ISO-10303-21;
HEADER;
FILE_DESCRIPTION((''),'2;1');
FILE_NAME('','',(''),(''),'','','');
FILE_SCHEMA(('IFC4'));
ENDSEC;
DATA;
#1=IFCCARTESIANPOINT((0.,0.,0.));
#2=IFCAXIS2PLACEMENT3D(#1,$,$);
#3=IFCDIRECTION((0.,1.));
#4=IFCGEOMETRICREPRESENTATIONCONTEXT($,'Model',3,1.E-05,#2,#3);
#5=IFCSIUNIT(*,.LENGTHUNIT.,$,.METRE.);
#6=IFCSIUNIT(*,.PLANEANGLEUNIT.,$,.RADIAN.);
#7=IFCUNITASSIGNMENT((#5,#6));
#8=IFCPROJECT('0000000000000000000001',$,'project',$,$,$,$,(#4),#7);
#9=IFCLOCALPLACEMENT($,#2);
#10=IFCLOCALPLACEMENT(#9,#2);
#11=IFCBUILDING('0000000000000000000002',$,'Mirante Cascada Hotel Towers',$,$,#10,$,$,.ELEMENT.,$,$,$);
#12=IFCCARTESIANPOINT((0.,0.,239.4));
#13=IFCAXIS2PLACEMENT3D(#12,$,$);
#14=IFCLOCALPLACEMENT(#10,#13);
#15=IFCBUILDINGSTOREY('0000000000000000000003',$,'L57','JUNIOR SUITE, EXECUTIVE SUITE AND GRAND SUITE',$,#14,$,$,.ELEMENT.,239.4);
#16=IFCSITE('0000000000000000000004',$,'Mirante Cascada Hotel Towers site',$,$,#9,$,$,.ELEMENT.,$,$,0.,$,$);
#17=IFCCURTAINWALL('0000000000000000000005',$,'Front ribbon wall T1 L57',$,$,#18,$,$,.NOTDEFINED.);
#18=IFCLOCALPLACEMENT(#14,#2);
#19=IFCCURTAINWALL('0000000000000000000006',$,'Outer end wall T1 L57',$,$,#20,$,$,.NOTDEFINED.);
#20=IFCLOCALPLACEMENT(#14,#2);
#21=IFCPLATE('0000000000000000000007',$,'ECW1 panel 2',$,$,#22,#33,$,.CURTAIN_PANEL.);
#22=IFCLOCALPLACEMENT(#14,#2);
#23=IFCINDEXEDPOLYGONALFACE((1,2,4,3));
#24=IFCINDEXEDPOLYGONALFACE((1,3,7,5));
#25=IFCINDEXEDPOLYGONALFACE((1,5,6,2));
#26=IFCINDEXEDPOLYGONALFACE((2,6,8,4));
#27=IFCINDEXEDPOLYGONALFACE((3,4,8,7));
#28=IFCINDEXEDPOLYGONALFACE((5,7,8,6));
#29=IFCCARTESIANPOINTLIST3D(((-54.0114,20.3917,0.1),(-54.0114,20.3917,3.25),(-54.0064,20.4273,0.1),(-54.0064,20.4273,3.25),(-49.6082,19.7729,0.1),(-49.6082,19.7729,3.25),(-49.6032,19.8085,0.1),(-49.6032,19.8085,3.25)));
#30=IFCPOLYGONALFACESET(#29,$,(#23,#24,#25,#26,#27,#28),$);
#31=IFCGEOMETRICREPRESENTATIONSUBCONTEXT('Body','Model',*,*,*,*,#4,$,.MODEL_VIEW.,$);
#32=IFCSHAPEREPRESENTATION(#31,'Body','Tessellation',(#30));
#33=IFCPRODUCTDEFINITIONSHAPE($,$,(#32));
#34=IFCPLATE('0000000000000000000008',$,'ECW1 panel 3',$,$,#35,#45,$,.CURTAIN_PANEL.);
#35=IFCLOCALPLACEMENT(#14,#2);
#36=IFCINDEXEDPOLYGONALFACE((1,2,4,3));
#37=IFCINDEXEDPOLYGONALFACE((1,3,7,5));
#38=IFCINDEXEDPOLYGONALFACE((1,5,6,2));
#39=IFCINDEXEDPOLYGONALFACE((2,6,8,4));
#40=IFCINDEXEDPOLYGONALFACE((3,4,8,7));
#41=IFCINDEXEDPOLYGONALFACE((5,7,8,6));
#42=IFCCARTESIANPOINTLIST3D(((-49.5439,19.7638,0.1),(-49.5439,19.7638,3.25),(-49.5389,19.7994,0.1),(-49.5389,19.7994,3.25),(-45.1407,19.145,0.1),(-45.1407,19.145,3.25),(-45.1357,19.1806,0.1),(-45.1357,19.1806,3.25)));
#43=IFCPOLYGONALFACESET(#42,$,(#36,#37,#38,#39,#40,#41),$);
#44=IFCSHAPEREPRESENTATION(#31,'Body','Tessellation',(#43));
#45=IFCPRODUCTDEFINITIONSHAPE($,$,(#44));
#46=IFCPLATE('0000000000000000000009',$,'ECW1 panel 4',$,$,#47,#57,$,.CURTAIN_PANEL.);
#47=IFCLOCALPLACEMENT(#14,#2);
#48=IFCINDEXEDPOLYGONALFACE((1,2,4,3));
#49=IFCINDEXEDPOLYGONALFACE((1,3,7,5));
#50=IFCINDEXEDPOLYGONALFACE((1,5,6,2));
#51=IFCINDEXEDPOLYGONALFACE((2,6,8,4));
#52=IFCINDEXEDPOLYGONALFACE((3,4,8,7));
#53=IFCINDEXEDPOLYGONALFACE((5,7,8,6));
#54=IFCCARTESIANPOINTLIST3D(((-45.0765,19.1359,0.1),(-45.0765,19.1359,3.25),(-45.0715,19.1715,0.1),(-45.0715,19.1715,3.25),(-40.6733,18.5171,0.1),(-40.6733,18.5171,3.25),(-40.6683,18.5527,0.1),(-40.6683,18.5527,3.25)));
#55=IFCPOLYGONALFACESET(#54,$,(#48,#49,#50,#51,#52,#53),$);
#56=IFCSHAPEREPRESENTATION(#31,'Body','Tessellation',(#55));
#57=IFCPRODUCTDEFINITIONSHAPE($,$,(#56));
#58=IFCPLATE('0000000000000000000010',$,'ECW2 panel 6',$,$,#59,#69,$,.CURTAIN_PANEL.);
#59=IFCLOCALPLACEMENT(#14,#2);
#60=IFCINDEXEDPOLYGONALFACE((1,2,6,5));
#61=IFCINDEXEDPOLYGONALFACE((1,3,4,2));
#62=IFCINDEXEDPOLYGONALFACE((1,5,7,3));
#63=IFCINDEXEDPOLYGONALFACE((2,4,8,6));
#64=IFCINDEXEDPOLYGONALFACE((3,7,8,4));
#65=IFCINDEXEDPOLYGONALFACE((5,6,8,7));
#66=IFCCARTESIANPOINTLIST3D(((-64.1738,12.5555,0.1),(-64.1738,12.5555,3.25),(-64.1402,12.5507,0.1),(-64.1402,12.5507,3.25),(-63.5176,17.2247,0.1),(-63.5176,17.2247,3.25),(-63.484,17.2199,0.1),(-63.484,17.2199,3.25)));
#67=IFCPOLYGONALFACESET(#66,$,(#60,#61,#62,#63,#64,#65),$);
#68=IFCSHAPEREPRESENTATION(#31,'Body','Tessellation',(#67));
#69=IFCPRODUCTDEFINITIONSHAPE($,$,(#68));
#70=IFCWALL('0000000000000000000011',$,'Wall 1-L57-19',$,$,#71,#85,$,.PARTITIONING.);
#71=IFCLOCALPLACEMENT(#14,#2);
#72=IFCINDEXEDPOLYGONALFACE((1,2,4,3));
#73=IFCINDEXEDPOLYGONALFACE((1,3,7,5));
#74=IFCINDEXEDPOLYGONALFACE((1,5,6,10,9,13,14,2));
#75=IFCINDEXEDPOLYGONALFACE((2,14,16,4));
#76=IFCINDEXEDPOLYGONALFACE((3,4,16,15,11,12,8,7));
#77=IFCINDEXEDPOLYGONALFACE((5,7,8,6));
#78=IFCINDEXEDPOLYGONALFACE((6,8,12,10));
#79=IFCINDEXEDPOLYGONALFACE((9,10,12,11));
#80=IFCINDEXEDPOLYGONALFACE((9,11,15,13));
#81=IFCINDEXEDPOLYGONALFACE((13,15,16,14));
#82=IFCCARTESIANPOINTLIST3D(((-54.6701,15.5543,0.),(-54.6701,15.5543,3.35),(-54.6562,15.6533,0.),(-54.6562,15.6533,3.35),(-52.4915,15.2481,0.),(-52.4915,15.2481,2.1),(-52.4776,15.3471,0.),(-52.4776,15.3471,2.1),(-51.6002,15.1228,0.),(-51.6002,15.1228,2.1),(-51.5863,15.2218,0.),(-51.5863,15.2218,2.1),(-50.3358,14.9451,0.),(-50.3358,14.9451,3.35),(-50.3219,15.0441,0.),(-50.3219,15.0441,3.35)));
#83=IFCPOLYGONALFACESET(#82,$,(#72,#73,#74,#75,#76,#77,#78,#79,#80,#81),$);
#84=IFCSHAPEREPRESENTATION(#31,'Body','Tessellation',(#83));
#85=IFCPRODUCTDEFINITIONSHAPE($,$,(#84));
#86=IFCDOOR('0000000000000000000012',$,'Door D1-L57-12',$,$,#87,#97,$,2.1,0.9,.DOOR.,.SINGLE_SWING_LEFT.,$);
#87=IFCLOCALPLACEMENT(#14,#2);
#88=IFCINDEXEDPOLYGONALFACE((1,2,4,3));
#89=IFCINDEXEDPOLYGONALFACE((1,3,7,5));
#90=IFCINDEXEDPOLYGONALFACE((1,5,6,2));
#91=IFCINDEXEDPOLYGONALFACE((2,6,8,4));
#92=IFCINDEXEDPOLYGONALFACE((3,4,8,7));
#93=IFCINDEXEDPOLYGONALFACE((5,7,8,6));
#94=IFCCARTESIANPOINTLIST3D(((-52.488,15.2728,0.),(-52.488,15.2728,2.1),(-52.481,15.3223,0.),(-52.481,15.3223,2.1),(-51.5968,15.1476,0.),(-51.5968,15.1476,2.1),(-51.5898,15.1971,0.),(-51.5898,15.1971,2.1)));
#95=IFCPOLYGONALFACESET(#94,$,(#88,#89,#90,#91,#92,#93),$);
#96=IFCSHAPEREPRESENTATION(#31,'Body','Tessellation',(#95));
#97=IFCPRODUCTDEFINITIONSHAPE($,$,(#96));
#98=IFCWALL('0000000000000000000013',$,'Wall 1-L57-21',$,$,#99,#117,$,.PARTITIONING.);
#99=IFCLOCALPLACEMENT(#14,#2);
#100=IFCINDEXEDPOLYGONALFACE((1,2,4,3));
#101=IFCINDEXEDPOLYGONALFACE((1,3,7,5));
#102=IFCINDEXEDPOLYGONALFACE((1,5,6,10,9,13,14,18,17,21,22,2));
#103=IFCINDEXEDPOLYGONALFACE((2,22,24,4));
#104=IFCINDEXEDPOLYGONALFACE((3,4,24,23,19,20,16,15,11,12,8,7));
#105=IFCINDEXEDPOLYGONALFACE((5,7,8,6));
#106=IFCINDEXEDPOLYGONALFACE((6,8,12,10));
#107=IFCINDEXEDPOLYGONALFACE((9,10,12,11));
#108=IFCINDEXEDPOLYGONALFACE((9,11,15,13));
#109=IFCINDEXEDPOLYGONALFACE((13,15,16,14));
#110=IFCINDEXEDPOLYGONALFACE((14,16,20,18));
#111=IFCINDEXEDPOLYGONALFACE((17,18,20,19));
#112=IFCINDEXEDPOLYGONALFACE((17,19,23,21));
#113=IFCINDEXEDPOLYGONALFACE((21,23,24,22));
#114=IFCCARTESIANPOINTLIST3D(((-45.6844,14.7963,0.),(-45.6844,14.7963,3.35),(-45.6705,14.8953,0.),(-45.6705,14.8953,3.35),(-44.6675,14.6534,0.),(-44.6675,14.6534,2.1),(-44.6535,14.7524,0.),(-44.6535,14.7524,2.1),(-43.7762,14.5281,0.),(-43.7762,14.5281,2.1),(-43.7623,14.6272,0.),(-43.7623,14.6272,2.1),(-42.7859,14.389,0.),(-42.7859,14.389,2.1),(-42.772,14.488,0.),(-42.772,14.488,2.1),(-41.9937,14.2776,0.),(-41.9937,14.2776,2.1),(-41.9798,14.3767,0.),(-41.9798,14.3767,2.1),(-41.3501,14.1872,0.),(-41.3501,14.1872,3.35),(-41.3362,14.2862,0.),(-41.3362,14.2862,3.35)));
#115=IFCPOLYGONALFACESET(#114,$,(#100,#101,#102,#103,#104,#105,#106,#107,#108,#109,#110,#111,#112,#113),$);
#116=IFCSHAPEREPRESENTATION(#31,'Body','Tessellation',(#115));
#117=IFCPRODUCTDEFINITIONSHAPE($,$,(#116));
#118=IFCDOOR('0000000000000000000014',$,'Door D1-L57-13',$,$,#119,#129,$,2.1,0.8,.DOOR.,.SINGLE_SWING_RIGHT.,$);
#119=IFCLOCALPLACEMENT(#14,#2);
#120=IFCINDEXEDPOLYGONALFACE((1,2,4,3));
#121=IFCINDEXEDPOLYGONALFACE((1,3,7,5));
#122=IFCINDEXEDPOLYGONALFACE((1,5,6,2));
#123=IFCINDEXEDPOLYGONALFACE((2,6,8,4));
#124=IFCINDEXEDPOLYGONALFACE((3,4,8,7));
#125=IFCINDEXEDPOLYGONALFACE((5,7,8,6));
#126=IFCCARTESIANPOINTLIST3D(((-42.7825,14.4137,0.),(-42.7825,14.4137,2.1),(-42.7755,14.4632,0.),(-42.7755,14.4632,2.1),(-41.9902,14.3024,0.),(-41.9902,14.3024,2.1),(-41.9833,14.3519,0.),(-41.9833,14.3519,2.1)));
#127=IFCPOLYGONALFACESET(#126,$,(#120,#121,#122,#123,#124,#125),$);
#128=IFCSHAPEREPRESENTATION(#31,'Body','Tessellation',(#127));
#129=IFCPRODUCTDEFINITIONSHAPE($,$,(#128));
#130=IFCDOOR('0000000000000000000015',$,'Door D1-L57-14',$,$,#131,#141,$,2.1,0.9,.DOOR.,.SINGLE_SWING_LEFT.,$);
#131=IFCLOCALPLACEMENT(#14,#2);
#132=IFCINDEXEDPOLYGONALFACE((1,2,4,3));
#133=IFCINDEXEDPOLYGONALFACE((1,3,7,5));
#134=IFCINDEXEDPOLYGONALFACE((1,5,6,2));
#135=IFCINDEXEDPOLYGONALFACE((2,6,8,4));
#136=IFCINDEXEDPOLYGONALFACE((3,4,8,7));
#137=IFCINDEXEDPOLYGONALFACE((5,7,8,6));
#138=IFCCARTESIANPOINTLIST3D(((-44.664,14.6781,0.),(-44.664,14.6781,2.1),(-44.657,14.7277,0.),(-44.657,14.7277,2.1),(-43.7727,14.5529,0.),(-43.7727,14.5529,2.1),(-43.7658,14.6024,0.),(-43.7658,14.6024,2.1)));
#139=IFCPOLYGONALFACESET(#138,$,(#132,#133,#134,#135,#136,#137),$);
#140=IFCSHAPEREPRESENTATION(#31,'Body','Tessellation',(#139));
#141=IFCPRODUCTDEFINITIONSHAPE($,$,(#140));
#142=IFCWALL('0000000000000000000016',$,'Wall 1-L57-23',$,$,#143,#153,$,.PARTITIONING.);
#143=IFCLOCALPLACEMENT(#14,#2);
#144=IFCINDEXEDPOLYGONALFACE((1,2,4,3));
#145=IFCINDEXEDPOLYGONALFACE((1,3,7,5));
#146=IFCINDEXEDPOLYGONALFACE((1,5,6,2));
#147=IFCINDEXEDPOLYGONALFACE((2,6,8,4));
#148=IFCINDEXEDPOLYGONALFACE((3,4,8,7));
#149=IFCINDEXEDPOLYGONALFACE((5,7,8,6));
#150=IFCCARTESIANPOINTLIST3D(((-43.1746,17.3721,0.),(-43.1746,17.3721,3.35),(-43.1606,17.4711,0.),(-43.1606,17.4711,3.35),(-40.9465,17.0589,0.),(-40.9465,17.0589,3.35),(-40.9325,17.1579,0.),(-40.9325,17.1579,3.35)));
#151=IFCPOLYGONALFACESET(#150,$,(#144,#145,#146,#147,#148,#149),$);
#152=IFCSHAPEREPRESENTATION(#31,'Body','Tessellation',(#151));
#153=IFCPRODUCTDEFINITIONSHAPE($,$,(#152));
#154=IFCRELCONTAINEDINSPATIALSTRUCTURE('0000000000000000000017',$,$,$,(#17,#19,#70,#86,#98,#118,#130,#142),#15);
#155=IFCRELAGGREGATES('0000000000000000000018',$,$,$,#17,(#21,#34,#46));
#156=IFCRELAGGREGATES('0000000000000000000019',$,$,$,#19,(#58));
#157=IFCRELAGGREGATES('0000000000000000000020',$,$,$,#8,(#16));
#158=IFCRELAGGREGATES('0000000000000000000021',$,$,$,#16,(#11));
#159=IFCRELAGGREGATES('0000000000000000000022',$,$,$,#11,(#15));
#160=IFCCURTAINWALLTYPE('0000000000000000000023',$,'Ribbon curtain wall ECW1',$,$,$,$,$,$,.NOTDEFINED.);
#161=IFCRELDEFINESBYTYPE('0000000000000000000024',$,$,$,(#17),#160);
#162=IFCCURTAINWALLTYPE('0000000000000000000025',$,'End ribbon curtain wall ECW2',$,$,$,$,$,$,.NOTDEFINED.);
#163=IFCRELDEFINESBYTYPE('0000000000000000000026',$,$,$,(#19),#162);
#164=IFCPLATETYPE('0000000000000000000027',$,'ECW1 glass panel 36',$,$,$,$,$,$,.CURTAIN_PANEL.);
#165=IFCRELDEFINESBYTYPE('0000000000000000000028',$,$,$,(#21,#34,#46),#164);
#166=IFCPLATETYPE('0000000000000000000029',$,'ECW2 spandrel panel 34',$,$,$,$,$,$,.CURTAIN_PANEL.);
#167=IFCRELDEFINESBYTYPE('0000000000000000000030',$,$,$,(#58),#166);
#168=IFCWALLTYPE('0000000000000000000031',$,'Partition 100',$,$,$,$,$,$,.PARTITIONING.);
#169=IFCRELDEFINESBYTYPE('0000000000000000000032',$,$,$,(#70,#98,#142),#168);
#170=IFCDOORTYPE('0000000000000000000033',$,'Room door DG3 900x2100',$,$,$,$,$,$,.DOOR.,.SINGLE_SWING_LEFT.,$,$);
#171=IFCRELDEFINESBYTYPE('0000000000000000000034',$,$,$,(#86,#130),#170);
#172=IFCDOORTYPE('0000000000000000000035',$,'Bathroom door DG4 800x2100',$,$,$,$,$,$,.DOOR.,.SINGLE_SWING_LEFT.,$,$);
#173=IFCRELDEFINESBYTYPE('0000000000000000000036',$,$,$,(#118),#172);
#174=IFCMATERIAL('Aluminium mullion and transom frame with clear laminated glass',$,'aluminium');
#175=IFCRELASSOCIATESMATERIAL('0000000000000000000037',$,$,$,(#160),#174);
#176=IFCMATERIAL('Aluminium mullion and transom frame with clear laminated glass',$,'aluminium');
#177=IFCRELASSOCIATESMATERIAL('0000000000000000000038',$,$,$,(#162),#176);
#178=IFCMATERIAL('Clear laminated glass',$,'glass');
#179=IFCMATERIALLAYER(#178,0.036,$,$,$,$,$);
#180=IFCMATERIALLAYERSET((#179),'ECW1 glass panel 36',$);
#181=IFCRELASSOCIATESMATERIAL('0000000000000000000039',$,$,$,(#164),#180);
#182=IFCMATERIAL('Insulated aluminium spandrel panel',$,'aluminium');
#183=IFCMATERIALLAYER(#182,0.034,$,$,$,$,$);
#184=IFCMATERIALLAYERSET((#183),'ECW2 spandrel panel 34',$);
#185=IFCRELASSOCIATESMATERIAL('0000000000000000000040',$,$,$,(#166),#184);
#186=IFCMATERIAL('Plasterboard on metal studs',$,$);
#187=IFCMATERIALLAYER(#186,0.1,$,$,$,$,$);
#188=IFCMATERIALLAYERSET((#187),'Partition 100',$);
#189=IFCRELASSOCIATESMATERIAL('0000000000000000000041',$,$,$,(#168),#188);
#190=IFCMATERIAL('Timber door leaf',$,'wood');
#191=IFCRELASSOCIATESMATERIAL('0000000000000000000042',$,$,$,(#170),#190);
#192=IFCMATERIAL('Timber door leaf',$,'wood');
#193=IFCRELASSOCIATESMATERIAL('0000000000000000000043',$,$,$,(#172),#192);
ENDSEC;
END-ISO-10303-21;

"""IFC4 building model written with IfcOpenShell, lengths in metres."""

from ifc_helpers import new_model, si_unit, direction, frame, frame_2d, origin, origin_2d, place, context, subcontext, project, spatial, rectangle, extrude, material, layer, layer_set, type_object, element, fill, aggregate, save


model = new_model("IFC4")

# Units and contexts
model_context = context("Model", 3, precision=1e-05, world=origin(), true_north=direction((0.0, 1.0)))
body_context = subcontext(model_context, "Body", "Model", "MODEL_VIEW")
ifc_project = project(units=[si_unit("LENGTHUNIT", "METRE"), si_unit("PLANEANGLEUNIT", "RADIAN")], contexts=[model_context])

# Site, building, storey
site_placement = place(None, origin())
site = spatial("IfcSite", under=ifc_project, at=site_placement, Name="Mirante Cascada Hotel Towers site", CompositionType="ELEMENT", RefElevation=0.0)
building_placement = place(site_placement, origin())
building = spatial("IfcBuilding", under=site, at=building_placement, Name="Mirante Cascada Hotel Towers", CompositionType="ELEMENT")
storey_placement = place(building_placement, frame((0.0, 0.0, 239.4)))
storey = spatial("IfcBuildingStorey", under=building, at=storey_placement, Name="L57", Description="JUNIOR SUITE, EXECUTIVE SUITE AND GRAND SUITE", CompositionType="ELEMENT", Elevation=239.4)

# Curtain wall
ifc_material_1 = material(Name="Aluminium mullion and transom frame with clear laminated glass", Category="aluminium")
curtain_wall_type_1 = type_object("IfcCurtainWallType", Name="Ribbon curtain wall ECW1", PredefinedType="NOTDEFINED", material=ifc_material_1)
curtain_wall_1_placement = place(storey_placement, origin())
curtain_wall_1 = element("IfcCurtainWall", 1, at=curtain_wall_1_placement, inside=storey, type_object=curtain_wall_type_1, Name="Front ribbon wall T1 L57", PredefinedType="NOTDEFINED")

# Curtain wall
ifc_material_2 = material(Name="Aluminium mullion and transom frame with clear laminated glass", Category="aluminium")
curtain_wall_type_2 = type_object("IfcCurtainWallType", Name="End ribbon curtain wall ECW2", PredefinedType="NOTDEFINED", material=ifc_material_2)
curtain_wall_2_placement = place(storey_placement, origin())
curtain_wall_2 = element("IfcCurtainWall", 2, at=curtain_wall_2_placement, inside=storey, type_object=curtain_wall_type_2, Name="Outer end wall T1 L57", PredefinedType="NOTDEFINED")

# Plates
ifc_material_3 = material(Name="Clear laminated glass", Category="glass")
ifc_layer_1 = layer(ifc_material_3, 0.036)
ifc_layer_set_1 = layer_set([ifc_layer_1], Name="ECW1 glass panel 36")
plate_type_1 = type_object("IfcPlateType", Name="ECW1 glass panel 36", PredefinedType="CURTAIN_PANEL", material=ifc_layer_set_1)
plate_1_placement = place(storey_placement, frame((-51.8073, 20.1001, 0.1), z_axis=(0.0, 0.0, 1.0), x_axis=(0.990268, -0.139173, 0.0)))
plate_1 = element("IfcPlate", 3, at=plate_1_placement, type_object=plate_type_1, Name="ECW1 panel 2", PredefinedType="CURTAIN_PANEL", context=body_context, shape_type="SweptSolid", body=[
    extrude(rectangle(XDim=4.4464, YDim=0.036, at=origin_2d()), origin(), (0.0, 0.0, 1.0), 3.15),
])
plate_2_placement = place(storey_placement, frame((-47.3398, 19.4722, 0.1), z_axis=(0.0, 0.0, 1.0), x_axis=(0.990268, -0.139173, 0.0)))
plate_2 = element("IfcPlate", 4, at=plate_2_placement, type_object=plate_type_1, Name="ECW1 panel 3", PredefinedType="CURTAIN_PANEL", context=body_context, shape_type="SweptSolid", body=[
    extrude(rectangle(XDim=4.4464, YDim=0.036, at=origin_2d()), origin(), (0.0, 0.0, 1.0), 3.15),
])
plate_3_placement = place(storey_placement, frame((-42.8724, 18.8443, 0.1), z_axis=(0.0, 0.0, 1.0), x_axis=(0.990268, -0.139173, 0.0)))
plate_3 = element("IfcPlate", 5, at=plate_3_placement, type_object=plate_type_1, Name="ECW1 panel 4", PredefinedType="CURTAIN_PANEL", context=body_context, shape_type="SweptSolid", body=[
    extrude(rectangle(XDim=4.4464, YDim=0.036, at=origin_2d()), origin(), (0.0, 0.0, 1.0), 3.15),
])
aggregate(curtain_wall_1, [plate_1, plate_2, plate_3])
ifc_material_4 = material(Name="Insulated aluminium spandrel panel", Category="aluminium")
ifc_layer_2 = layer(ifc_material_4, 0.034)
ifc_layer_set_2 = layer_set([ifc_layer_2], Name="ECW2 spandrel panel 34")
plate_type_2 = type_object("IfcPlateType", Name="ECW2 spandrel panel 34", PredefinedType="CURTAIN_PANEL", material=ifc_layer_set_2)
plate_4_placement = place(storey_placement, frame((-63.8289, 14.8877, 0.1), z_axis=(0.0, 0.0, 1.0), x_axis=(0.139173, 0.990268, 0.0)))
plate_4 = element("IfcPlate", 6, at=plate_4_placement, type_object=plate_type_2, Name="ECW2 panel 6", PredefinedType="CURTAIN_PANEL", context=body_context, shape_type="SweptSolid", body=[
    extrude(rectangle(XDim=4.7151, YDim=0.034, at=origin_2d()), origin(), (0.0, 0.0, 1.0), 3.15),
])
aggregate(curtain_wall_2, [plate_4])

# Wall, opening, door
ifc_material_5 = material(Name="Plasterboard on metal studs")
ifc_layer_3 = layer(ifc_material_5, 0.1)
ifc_layer_set_3 = layer_set([ifc_layer_3], Name="Partition 100")
wall_type_1 = type_object("IfcWallType", Name="Partition 100", PredefinedType="PARTITIONING", material=ifc_layer_set_3)
wall_1_placement = place(storey_placement, frame((-54.6631, 15.6038, 0.0), z_axis=(0.0, 0.0, 1.0), x_axis=(0.990266, -0.139185, 0.0)))
wall_1 = element("IfcWall", 7, at=wall_1_placement, inside=storey, type_object=wall_type_1, Name="Wall 1-L57-19", PredefinedType="PARTITIONING", context=body_context, shape_type="SweptSolid", body=[
    extrude(rectangle(XDim=4.3769, YDim=0.1, at=frame_2d((2.1884, 0.0))), origin(), (0.0, 0.0, 1.0), 3.35),
])
opening_1_placement = place(wall_1_placement, frame((2.2, 0.0, 0.0)))
opening_1 = element("IfcOpeningElement", 8, at=opening_1_placement, cuts=wall_1, PredefinedType="OPENING", context=body_context, shape_type="SweptSolid", body=[
    extrude(rectangle(XDim=0.9, YDim=2.1, at=frame_2d((0.45, 1.05))), frame((0.0, 0.05, 0.0), z_axis=(0.0, -1.0, 0.0), x_axis=(1.0, 0.0, 0.0)), (0.0, 0.0, 1.0), 0.1),
])
ifc_material_6 = material(Name="Timber door leaf", Category="wood")
door_type_1 = type_object("IfcDoorType", Name="Room door DG3 900x2100", OperationType="SINGLE_SWING_LEFT", PredefinedType="DOOR", material=ifc_material_6)
door_1_placement = place(opening_1_placement, origin())
door_1 = element("IfcDoor", 9, at=door_1_placement, inside=storey, type_object=door_type_1, Name="Door D1-L57-12", OperationType="SINGLE_SWING_LEFT", OverallHeight=2.1, OverallWidth=0.9, PredefinedType="DOOR", context=body_context, shape_type="SweptSolid", body=[
    extrude(rectangle(XDim=0.9, YDim=2.1, at=frame_2d((0.45, 1.05))), frame((0.0, 0.025, 0.0), z_axis=(0.0, -1.0, 0.0), x_axis=(1.0, 0.0, 0.0)), (0.0, 0.0, 1.0), 0.05),
])
fill(opening_1, door_1)

# Wall, openings, doors
wall_2_placement = place(storey_placement, frame((-45.6774, 14.8458, 0.0), z_axis=(0.0, 0.0, 1.0), x_axis=(0.99027, -0.139163, 0.0)))
wall_2 = element("IfcWall", 10, at=wall_2_placement, inside=storey, type_object=wall_type_1, Name="Wall 1-L57-21", PredefinedType="PARTITIONING", context=body_context, shape_type="SweptSolid", body=[
    extrude(rectangle(XDim=4.3769, YDim=0.1, at=frame_2d((2.1884, 0.0))), origin(), (0.0, 0.0, 1.0), 3.35),
])
opening_2_placement = place(wall_2_placement, frame((2.9269, 0.0, 0.0)))
opening_2 = element("IfcOpeningElement", 11, at=opening_2_placement, cuts=wall_2, PredefinedType="OPENING", context=body_context, shape_type="SweptSolid", body=[
    extrude(rectangle(XDim=0.8, YDim=2.1, at=frame_2d((0.4, 1.05))), frame((0.0, 0.05, 0.0), z_axis=(0.0, -1.0, 0.0), x_axis=(1.0, 0.0, 0.0)), (0.0, 0.0, 1.0), 0.1),
])
opening_3_placement = place(wall_2_placement, frame((1.0269, 0.0, 0.0)))
opening_3 = element("IfcOpeningElement", 12, at=opening_3_placement, cuts=wall_2, PredefinedType="OPENING", context=body_context, shape_type="SweptSolid", body=[
    extrude(rectangle(XDim=0.9, YDim=2.1, at=frame_2d((0.45, 1.05))), frame((0.0, 0.05, 0.0), z_axis=(0.0, -1.0, 0.0), x_axis=(1.0, 0.0, 0.0)), (0.0, 0.0, 1.0), 0.1),
])
ifc_material_7 = material(Name="Timber door leaf", Category="wood")
door_type_2 = type_object("IfcDoorType", Name="Bathroom door DG4 800x2100", OperationType="SINGLE_SWING_LEFT", PredefinedType="DOOR", material=ifc_material_7)
door_2_placement = place(opening_2_placement, frame((0.8, 0.0, 0.0), z_axis=(0.0, 0.0, 1.0), x_axis=(-1.0, 0.0, 0.0)))
door_2 = element("IfcDoor", 13, at=door_2_placement, inside=storey, type_object=door_type_2, Name="Door D1-L57-13", OperationType="SINGLE_SWING_RIGHT", OverallHeight=2.1, OverallWidth=0.8, PredefinedType="DOOR", context=body_context, shape_type="SweptSolid", body=[
    extrude(rectangle(XDim=0.8, YDim=2.1, at=frame_2d((0.4, 1.05))), frame((0.0, 0.025, 0.0), z_axis=(0.0, -1.0, 0.0), x_axis=(1.0, 0.0, 0.0)), (0.0, 0.0, 1.0), 0.05),
])
fill(opening_2, door_2)
door_3_placement = place(opening_3_placement, origin())
door_3 = element("IfcDoor", 14, at=door_3_placement, inside=storey, type_object=door_type_1, Name="Door D1-L57-14", OperationType="SINGLE_SWING_LEFT", OverallHeight=2.1, OverallWidth=0.9, PredefinedType="DOOR", context=body_context, shape_type="SweptSolid", body=[
    extrude(rectangle(XDim=0.9, YDim=2.1, at=frame_2d((0.45, 1.05))), frame((0.0, 0.025, 0.0), z_axis=(0.0, -1.0, 0.0), x_axis=(1.0, 0.0, 0.0)), (0.0, 0.0, 1.0), 0.05),
])
fill(opening_3, door_3)

# Wall
wall_3_placement = place(storey_placement, frame((-43.1676, 17.4216, 0.0), z_axis=(0.0, 0.0, 1.0), x_axis=(0.990264, -0.1392, 0.0)))
element("IfcWall", 15, at=wall_3_placement, inside=storey, type_object=wall_type_1, Name="Wall 1-L57-23", PredefinedType="PARTITIONING", context=body_context, shape_type="SweptSolid", body=[
    extrude(rectangle(XDim=2.25, YDim=0.1, at=frame_2d((1.125, 0.0))), origin(), (0.0, 0.0, 1.0), 3.35),
])

save(model, "model.ifc")
